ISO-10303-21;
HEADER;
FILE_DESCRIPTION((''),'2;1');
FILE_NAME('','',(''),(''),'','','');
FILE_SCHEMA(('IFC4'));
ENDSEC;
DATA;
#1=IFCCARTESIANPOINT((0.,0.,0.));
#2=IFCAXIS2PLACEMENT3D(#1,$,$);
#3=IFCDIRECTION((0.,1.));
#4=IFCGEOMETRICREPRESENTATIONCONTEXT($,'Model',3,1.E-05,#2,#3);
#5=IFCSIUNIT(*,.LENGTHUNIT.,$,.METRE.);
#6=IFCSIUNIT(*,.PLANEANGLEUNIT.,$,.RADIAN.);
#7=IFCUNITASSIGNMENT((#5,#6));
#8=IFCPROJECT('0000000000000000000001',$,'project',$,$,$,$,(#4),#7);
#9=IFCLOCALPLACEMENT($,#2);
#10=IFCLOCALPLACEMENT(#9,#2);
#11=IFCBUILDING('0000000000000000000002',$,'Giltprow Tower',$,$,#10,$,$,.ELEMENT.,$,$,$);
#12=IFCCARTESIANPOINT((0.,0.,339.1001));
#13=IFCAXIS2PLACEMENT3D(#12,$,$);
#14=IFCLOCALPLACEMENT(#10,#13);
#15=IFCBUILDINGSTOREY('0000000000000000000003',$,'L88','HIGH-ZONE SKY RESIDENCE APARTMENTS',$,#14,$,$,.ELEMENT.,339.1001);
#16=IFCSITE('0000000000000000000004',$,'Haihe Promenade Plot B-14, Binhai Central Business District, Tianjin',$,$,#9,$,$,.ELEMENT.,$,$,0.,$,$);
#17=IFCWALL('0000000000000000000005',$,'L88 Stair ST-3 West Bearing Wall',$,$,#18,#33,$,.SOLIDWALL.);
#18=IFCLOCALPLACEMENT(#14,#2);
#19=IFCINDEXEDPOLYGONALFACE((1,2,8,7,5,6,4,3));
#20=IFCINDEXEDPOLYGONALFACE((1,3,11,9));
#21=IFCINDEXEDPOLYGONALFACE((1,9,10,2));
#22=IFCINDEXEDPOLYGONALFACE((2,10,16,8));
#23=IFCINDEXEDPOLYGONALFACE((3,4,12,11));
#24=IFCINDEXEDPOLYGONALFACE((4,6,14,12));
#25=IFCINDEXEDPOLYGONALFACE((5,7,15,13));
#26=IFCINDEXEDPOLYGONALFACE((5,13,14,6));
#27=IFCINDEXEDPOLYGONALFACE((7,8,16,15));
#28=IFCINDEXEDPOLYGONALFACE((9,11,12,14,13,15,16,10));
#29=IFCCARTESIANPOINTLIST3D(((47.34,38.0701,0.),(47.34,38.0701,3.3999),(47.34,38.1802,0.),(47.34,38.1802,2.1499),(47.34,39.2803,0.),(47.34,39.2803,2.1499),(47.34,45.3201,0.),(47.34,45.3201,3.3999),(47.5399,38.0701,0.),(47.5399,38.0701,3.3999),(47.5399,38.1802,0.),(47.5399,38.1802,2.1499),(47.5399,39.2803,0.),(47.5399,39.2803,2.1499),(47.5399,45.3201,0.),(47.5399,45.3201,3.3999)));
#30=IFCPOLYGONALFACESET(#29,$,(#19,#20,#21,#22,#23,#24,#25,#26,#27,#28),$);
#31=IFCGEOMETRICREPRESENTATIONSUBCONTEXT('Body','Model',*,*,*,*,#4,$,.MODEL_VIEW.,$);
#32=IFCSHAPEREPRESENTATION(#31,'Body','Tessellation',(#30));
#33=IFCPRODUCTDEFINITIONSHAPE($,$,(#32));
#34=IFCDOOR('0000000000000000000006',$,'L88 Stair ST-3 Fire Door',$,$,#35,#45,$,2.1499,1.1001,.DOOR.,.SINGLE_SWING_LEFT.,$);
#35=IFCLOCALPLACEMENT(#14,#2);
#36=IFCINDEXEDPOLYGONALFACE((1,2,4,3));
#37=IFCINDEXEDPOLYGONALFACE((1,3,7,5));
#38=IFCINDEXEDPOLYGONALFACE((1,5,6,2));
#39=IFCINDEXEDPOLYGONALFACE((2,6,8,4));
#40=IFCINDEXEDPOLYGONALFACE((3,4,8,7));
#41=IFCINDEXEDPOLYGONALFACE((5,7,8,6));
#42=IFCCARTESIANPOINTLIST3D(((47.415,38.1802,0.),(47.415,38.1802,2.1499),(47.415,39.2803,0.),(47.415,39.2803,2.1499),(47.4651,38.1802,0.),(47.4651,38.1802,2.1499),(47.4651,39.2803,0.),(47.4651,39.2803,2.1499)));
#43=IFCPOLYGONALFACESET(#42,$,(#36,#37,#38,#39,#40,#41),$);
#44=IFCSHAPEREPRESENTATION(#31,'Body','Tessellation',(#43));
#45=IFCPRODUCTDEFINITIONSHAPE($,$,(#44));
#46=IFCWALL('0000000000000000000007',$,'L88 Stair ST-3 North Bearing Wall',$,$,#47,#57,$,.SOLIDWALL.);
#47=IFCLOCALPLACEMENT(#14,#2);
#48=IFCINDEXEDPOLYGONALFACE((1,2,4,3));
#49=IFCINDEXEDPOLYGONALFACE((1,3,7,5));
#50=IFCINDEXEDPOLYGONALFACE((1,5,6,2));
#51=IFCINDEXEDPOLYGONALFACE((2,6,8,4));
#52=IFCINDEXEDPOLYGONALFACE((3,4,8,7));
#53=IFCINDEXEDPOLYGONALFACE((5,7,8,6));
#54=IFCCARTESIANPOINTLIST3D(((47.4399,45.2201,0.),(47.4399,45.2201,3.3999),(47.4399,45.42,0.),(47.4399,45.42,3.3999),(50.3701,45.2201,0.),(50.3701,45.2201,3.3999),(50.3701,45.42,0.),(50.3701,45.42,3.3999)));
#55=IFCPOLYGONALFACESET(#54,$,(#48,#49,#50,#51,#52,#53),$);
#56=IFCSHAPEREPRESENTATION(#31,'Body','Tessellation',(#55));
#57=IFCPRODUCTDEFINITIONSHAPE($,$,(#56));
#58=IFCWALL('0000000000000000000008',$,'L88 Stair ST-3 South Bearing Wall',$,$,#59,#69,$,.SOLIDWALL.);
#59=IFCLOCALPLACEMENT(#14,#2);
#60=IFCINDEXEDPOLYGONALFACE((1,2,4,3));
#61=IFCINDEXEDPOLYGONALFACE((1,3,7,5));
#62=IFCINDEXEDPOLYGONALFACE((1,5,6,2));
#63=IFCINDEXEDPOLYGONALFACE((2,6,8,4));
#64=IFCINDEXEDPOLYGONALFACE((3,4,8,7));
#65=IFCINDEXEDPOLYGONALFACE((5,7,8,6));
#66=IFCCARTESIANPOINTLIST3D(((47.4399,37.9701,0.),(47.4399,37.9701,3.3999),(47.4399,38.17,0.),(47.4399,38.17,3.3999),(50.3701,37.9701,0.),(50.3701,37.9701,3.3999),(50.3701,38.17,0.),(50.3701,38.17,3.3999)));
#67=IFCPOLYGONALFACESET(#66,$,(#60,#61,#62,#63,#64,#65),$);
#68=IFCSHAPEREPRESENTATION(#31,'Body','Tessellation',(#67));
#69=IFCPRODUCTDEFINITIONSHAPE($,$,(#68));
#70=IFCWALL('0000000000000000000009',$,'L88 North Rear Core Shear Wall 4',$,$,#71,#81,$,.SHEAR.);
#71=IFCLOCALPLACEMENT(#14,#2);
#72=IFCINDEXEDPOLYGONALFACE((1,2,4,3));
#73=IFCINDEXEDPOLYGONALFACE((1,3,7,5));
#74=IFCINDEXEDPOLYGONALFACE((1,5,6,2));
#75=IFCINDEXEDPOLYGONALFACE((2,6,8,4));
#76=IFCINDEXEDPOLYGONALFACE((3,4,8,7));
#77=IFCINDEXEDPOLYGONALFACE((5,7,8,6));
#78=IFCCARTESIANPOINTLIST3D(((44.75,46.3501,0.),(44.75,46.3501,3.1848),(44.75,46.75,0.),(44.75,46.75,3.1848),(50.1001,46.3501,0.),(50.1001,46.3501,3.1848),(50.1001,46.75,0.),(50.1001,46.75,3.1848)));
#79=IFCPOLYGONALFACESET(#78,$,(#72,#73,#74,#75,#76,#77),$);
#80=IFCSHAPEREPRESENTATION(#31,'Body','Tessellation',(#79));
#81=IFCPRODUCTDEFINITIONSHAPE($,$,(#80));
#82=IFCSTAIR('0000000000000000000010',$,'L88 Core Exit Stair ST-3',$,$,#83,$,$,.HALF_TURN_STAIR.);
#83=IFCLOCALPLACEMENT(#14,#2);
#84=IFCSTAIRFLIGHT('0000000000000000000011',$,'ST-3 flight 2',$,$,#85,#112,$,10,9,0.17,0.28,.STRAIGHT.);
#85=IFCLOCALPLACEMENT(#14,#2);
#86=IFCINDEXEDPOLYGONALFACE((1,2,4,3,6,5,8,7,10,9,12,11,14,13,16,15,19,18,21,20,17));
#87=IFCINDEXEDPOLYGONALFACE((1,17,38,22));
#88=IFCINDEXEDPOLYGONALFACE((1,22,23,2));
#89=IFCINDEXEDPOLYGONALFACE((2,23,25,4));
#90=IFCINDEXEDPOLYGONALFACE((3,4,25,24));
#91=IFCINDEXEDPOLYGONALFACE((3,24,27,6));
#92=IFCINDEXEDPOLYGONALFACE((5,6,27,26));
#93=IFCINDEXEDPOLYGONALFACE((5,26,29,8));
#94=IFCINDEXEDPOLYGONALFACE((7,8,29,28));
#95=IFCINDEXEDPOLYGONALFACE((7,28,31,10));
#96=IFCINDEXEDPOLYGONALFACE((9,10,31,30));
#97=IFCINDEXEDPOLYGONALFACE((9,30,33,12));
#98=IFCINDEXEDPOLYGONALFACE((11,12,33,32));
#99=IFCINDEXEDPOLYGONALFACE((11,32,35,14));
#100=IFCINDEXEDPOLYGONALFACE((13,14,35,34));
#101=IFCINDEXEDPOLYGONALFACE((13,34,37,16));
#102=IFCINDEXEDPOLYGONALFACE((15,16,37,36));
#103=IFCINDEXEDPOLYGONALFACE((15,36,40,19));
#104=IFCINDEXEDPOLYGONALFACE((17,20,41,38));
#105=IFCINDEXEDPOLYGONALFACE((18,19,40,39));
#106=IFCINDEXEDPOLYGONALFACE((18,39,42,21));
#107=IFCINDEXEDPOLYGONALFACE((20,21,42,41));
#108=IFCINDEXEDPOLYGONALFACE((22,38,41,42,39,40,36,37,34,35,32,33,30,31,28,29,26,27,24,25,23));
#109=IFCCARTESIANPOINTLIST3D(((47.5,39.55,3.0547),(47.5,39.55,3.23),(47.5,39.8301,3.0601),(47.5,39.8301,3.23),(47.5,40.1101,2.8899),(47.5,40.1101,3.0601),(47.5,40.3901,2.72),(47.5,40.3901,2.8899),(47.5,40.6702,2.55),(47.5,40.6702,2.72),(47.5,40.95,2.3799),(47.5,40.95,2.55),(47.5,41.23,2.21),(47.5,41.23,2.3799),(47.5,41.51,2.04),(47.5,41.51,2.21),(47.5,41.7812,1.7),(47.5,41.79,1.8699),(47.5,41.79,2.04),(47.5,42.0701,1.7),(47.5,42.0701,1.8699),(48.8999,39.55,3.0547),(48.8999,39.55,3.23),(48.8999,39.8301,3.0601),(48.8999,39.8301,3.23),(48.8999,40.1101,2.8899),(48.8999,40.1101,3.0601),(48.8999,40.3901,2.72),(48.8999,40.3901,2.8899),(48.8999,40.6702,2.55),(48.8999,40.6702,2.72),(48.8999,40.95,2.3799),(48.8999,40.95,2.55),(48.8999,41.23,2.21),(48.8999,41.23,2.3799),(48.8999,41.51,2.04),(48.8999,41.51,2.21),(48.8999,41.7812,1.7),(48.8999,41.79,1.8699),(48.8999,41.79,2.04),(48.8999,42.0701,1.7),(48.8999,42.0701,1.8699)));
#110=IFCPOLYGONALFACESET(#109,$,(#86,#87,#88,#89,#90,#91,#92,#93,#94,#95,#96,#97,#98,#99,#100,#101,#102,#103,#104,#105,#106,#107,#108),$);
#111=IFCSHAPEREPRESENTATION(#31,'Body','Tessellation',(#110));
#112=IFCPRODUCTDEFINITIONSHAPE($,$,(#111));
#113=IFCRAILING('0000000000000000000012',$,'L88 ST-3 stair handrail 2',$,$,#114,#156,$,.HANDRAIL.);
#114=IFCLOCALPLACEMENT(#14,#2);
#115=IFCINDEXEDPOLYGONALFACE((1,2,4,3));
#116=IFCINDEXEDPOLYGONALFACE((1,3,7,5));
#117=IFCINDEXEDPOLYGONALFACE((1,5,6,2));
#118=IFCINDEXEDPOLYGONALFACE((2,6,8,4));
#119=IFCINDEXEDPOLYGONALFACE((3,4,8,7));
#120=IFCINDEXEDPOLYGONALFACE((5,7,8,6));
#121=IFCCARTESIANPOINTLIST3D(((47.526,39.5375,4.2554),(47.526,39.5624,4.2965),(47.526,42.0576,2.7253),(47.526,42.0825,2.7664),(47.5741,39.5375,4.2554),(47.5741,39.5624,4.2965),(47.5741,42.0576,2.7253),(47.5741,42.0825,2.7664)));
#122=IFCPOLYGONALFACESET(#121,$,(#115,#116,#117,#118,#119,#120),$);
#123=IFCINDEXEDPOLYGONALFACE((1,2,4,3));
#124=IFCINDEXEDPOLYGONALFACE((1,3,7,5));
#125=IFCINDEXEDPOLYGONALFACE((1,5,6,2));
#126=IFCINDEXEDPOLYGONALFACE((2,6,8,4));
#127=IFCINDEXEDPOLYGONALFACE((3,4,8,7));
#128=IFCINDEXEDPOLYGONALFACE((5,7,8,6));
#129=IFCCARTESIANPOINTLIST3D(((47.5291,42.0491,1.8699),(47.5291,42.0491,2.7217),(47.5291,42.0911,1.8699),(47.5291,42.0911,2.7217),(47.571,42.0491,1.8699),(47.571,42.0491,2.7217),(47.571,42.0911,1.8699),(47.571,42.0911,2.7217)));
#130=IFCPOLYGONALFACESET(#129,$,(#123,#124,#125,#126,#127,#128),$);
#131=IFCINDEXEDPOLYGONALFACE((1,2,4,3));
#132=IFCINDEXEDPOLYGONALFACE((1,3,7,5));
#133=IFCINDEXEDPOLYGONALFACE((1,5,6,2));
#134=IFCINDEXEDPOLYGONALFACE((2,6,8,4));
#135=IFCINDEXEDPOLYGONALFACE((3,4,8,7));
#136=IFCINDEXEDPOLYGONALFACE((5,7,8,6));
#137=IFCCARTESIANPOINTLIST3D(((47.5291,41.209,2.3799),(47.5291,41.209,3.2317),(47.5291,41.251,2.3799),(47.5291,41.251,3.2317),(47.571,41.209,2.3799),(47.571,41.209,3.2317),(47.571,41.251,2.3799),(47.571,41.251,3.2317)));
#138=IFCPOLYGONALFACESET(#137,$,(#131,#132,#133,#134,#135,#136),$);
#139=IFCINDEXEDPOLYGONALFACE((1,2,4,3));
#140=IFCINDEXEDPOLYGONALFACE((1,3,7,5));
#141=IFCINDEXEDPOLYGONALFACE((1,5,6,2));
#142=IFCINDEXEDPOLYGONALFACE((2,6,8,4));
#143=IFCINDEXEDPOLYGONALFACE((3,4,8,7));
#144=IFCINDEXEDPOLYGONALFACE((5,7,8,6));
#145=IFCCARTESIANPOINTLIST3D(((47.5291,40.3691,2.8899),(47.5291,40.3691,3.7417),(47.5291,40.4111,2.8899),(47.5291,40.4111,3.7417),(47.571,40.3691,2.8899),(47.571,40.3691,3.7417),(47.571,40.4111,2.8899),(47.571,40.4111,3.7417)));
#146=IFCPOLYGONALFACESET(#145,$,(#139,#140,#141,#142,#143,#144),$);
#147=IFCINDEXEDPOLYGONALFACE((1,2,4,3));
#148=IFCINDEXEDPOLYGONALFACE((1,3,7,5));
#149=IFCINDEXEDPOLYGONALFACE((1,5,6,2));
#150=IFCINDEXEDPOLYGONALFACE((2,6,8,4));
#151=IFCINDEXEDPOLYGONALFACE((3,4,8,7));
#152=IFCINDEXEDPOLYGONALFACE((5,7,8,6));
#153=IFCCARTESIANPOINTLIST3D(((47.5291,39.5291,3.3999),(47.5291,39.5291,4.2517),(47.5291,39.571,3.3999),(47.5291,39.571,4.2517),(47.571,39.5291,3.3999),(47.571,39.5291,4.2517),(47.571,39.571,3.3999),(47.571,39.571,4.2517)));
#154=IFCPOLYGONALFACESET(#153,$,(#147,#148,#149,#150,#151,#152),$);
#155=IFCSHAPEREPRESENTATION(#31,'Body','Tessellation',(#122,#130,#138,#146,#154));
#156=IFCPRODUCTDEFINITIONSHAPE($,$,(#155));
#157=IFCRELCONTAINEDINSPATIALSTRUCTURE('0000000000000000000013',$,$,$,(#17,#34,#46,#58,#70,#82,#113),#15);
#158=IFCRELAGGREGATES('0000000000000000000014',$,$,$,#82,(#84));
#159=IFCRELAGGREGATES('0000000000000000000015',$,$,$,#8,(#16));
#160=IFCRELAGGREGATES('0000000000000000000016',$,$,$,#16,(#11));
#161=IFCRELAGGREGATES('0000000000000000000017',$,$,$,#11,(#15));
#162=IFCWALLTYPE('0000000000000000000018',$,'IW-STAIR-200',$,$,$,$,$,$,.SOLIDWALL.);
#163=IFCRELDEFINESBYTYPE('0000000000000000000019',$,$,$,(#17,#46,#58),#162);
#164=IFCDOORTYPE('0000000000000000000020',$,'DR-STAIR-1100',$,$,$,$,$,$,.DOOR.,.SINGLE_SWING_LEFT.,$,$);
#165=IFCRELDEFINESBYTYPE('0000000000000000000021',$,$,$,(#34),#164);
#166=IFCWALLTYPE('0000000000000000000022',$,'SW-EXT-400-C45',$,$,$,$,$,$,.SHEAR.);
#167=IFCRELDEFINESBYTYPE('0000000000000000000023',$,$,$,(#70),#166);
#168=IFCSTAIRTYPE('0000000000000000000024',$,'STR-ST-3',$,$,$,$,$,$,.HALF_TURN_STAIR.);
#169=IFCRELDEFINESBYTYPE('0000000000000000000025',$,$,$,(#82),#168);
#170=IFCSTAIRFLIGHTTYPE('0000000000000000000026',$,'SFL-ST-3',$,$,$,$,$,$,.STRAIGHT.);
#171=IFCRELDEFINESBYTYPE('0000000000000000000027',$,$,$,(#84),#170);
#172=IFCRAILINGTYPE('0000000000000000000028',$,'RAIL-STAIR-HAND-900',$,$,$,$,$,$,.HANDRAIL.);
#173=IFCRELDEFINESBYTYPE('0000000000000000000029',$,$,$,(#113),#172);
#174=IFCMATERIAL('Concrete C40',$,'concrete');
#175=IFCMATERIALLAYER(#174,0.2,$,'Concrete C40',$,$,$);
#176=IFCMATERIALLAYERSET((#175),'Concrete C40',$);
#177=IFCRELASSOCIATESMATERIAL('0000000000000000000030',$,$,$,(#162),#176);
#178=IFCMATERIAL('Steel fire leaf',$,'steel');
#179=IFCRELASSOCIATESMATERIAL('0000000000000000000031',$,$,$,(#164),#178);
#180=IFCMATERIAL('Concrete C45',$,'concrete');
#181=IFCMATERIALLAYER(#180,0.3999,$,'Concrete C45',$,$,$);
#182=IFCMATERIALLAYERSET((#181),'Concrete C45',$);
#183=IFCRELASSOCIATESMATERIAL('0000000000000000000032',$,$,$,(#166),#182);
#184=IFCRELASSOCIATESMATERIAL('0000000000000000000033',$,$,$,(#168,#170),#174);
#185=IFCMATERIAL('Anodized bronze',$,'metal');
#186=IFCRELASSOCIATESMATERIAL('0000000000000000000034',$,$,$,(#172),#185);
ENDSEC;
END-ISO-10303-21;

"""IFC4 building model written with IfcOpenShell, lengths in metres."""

from ifc_helpers import new_model, si_unit, direction, frame, frame_2d, origin, origin_2d, place, context, subcontext, project, spatial, polyline, rectangle, outline, extrude, source, transform, mapped, material, layer, layer_set, type_object, element, fill, aggregate, save


model = new_model("IFC4")

# Units and contexts
model_context = context("Model", 3, precision=1e-05, world=origin(), true_north=direction((0.0, 1.0)))
body_context = subcontext(model_context, "Body", "Model", "MODEL_VIEW")
ifc_project = project(units=[si_unit("LENGTHUNIT", "METRE"), si_unit("PLANEANGLEUNIT", "RADIAN")], contexts=[model_context])

# Site, building, storey
site_placement = place(None, origin())
site = spatial("IfcSite", under=ifc_project, at=site_placement, Name="Haihe Promenade Plot B-14, Binhai Central Business District, Tianjin", CompositionType="ELEMENT", RefElevation=0.0)
building_placement = place(site_placement, origin())
building = spatial("IfcBuilding", under=site, at=building_placement, Name="Giltprow Tower", CompositionType="ELEMENT")
storey_placement = place(building_placement, frame((0.0, 0.0, 339.1001)))
storey = spatial("IfcBuildingStorey", under=building, at=storey_placement, Name="L88", Description="HIGH-ZONE SKY RESIDENCE APARTMENTS", CompositionType="ELEMENT", Elevation=339.1001)

# Shared definitions
ifc_material_1 = material(Name="Concrete C45", Category="concrete")

# Shared definitions
ifc_material_2 = material(Name="Concrete C40", Category="concrete")

# Wall, opening, door
ifc_layer_1 = layer(ifc_material_2, 0.2, Name="Concrete C40")
ifc_layer_set_1 = layer_set([ifc_layer_1], Name="Concrete C40")
wall_type_1 = type_object("IfcWallType", Name="IW-STAIR-200", PredefinedType="SOLIDWALL", material=ifc_layer_set_1)
wall_1_placement = place(storey_placement, frame((47.4399, 38.0701, 0.0), z_axis=(0.0, 0.0, 1.0), x_axis=(0.0, 1.0, 0.0)))
wall_1 = element("IfcWall", 1, at=wall_1_placement, inside=storey, type_object=wall_type_1, Name="L88 Stair ST-3 West Bearing Wall", PredefinedType="SOLIDWALL", context=body_context, shape_type="SweptSolid", body=[
    extrude(rectangle(XDim=7.25, YDim=0.2, at=frame_2d((3.625, 0.0))), origin(), (0.0, 0.0, 1.0), 3.3999),
])
opening_1_placement = place(wall_1_placement, frame((0.1101, 0.0, 0.0)))
opening_1 = element("IfcOpeningElement", 2, at=opening_1_placement, cuts=wall_1, PredefinedType="OPENING", context=body_context, shape_type="SweptSolid", body=[
    extrude(rectangle(XDim=1.1001, YDim=2.1499, at=frame_2d((0.55, 1.075))), frame((0.0, 0.1099, 0.0), z_axis=(0.0, -1.0, 0.0), x_axis=(1.0, 0.0, 0.0)), (0.0, 0.0, 1.0), 0.22),
])
ifc_material_3 = material(Name="Steel fire leaf", Category="steel")
door_type_1 = type_object("IfcDoorType", Name="DR-STAIR-1100", OperationType="SINGLE_SWING_LEFT", PredefinedType="DOOR", material=ifc_material_3)
shared_shape_1 = source(origin(), body_context, "Body", "SweptSolid", [
    extrude(rectangle(XDim=1.1001, YDim=2.1499, at=frame_2d((0.55, 1.075))), frame((0.0, 0.0249, 0.0), z_axis=(0.0, -1.0, 0.0), x_axis=(1.0, 0.0, 0.0)), (0.0, 0.0, 1.0), 0.05),
])
door_1_placement = place(opening_1_placement, origin())
door_1 = element("IfcDoor", 3, at=door_1_placement, inside=storey, type_object=door_type_1, Name="L88 Stair ST-3 Fire Door", OperationType="SINGLE_SWING_LEFT", OverallHeight=2.1499, OverallWidth=1.1001, PredefinedType="DOOR", context=body_context, shape_type="MappedRepresentation", body=[
    mapped(shared_shape_1, transform((0.0, 0.0, 0.0), x_axis=(1.0, 0.0, 0.0), y_axis=(0.0, 1.0, 0.0), z_axis=(0.0, 0.0, 1.0), scale=1.0)),
])
fill(opening_1, door_1)

# Walls
for number, where, z_axis, x_axis, name in (
    (4, (47.4399, 45.3201, 0.0), (0.0, 0.0, 1.0), (1.0, 0.0, 0.0), "L88 Stair ST-3 North Bearing Wall"),
    (5, (47.4399, 38.0701, 0.0), (0.0, 0.0, 1.0), (1.0, 0.0, 0.0), "L88 Stair ST-3 South Bearing Wall"),
):
    element("IfcWall", number, at=place(storey_placement, frame(where, z_axis=z_axis, x_axis=x_axis)), inside=storey, type_object=wall_type_1, Name=name, PredefinedType="SOLIDWALL", context=body_context, shape_type="SweptSolid", body=[
        extrude(rectangle(XDim=2.9302, YDim=0.2, at=frame_2d((1.4651, 0.0))), origin(), (0.0, 0.0, 1.0), 3.3999),
    ])
ifc_layer_2 = layer(ifc_material_1, 0.3999, Name="Concrete C45")
ifc_layer_set_2 = layer_set([ifc_layer_2], Name="Concrete C45")
wall_type_2 = type_object("IfcWallType", Name="SW-EXT-400-C45", PredefinedType="SHEAR", material=ifc_layer_set_2)
wall_2_placement = place(storey_placement, frame((44.75, 46.55, 0.0), z_axis=(0.0, 0.0, 1.0), x_axis=(1.0, 0.0, 0.0)))
element("IfcWall", 6, at=wall_2_placement, inside=storey, type_object=wall_type_2, Name="L88 North Rear Core Shear Wall 4", PredefinedType="SHEAR", context=body_context, shape_type="SweptSolid", body=[
    extrude(rectangle(XDim=5.3501, YDim=0.3999, at=frame_2d((2.675, 0.0))), origin(), (0.0, 0.0, 1.0), 3.1848),
])

# Stair, stair flight
stair_type = type_object("IfcStairType", Name="STR-ST-3", PredefinedType="HALF_TURN_STAIR", material=ifc_material_2)
stair_placement = place(storey_placement, origin())
stair = element("IfcStair", 7, at=stair_placement, inside=storey, type_object=stair_type, Name="L88 Core Exit Stair ST-3", PredefinedType="HALF_TURN_STAIR")
stair_flight_type = type_object("IfcStairFlightType", Name="SFL-ST-3", PredefinedType="STRAIGHT", material=ifc_material_2)
stair_flight_placement = place(storey_placement, frame((48.2, 42.0701, 1.7), z_axis=(0.0, 0.0, 1.0), x_axis=(0.0, -1.0, 0.0)))
stair_flight = element("IfcStairFlight", 8, at=stair_flight_placement, type_object=stair_flight_type, Name="ST-3 flight 2", NumberOfRisers=10, NumberOfTreads=9, PredefinedType="STRAIGHT", RiserHeight=0.17, TreadLength=0.28, context=body_context, shape_type="SweptSolid", body=[
    extrude(outline(polyline([(0.0, 0.0), (0.0, 0.1699), (0.28, 0.1699), (0.28, 0.3401), (0.5601, 0.3401), (0.5601, 0.51), (0.8401, 0.51), (0.8401, 0.6799), (1.1201, 0.6799), (1.1201, 0.8501), (1.3999, 0.8501), (1.3999, 1.02), (1.6799, 1.02), (1.6799, 1.1899), (1.96, 1.1899), (1.96, 1.3601), (2.24, 1.3601), (2.24, 1.53), (2.52, 1.53), (2.52, 1.7), (2.52, 1.3547), (0.2888, 0.0), (0.0, 0.0)])), frame((0.0, 0.7, 0.0), z_axis=(0.0, -1.0, 0.0), x_axis=(1.0, 0.0, 0.0)), (0.0, 0.0, 1.0), 1.3999),
])
aggregate(stair, [stair_flight])

# Railing
ifc_material_4 = material(Name="Anodized bronze", Category="metal")
railing_type = type_object("IfcRailingType", Name="RAIL-STAIR-HAND-900", PredefinedType="HANDRAIL", material=ifc_material_4)
railing_placement = place(storey_placement, frame((47.55, 42.0701, 1.8699)))
element("IfcRailing", 9, at=railing_placement, inside=storey, type_object=railing_type, Name="L88 ST-3 stair handrail 2", PredefinedType="HANDRAIL", context=body_context, shape_type="SweptSolid", body=[
    extrude(rectangle(XDim=0.0481, YDim=0.0481, at=origin_2d()), frame((0.0, 0.0, 0.876), z_axis=(0.0, -0.854785, 0.518982), x_axis=(1.0, 0.0, 0.0)), (0.0, 0.0, 1.0), 2.9482),
    extrude(rectangle(XDim=0.042, YDim=0.042, at=origin_2d()), origin(), (0.0, 0.0, 1.0), 0.8518),
    extrude(rectangle(XDim=0.042, YDim=0.042, at=origin_2d()), frame((0.0, -0.8401, 0.51)), (0.0, 0.0, 1.0), 0.8518),
    extrude(rectangle(XDim=0.042, YDim=0.042, at=origin_2d()), frame((0.0, -1.6799, 1.02)), (0.0, 0.0, 1.0), 0.8518),
    extrude(rectangle(XDim=0.042, YDim=0.042, at=origin_2d()), frame((0.0, -2.52, 1.53)), (0.0, 0.0, 1.0), 0.8518),
])

save(model, "model.ifc")
